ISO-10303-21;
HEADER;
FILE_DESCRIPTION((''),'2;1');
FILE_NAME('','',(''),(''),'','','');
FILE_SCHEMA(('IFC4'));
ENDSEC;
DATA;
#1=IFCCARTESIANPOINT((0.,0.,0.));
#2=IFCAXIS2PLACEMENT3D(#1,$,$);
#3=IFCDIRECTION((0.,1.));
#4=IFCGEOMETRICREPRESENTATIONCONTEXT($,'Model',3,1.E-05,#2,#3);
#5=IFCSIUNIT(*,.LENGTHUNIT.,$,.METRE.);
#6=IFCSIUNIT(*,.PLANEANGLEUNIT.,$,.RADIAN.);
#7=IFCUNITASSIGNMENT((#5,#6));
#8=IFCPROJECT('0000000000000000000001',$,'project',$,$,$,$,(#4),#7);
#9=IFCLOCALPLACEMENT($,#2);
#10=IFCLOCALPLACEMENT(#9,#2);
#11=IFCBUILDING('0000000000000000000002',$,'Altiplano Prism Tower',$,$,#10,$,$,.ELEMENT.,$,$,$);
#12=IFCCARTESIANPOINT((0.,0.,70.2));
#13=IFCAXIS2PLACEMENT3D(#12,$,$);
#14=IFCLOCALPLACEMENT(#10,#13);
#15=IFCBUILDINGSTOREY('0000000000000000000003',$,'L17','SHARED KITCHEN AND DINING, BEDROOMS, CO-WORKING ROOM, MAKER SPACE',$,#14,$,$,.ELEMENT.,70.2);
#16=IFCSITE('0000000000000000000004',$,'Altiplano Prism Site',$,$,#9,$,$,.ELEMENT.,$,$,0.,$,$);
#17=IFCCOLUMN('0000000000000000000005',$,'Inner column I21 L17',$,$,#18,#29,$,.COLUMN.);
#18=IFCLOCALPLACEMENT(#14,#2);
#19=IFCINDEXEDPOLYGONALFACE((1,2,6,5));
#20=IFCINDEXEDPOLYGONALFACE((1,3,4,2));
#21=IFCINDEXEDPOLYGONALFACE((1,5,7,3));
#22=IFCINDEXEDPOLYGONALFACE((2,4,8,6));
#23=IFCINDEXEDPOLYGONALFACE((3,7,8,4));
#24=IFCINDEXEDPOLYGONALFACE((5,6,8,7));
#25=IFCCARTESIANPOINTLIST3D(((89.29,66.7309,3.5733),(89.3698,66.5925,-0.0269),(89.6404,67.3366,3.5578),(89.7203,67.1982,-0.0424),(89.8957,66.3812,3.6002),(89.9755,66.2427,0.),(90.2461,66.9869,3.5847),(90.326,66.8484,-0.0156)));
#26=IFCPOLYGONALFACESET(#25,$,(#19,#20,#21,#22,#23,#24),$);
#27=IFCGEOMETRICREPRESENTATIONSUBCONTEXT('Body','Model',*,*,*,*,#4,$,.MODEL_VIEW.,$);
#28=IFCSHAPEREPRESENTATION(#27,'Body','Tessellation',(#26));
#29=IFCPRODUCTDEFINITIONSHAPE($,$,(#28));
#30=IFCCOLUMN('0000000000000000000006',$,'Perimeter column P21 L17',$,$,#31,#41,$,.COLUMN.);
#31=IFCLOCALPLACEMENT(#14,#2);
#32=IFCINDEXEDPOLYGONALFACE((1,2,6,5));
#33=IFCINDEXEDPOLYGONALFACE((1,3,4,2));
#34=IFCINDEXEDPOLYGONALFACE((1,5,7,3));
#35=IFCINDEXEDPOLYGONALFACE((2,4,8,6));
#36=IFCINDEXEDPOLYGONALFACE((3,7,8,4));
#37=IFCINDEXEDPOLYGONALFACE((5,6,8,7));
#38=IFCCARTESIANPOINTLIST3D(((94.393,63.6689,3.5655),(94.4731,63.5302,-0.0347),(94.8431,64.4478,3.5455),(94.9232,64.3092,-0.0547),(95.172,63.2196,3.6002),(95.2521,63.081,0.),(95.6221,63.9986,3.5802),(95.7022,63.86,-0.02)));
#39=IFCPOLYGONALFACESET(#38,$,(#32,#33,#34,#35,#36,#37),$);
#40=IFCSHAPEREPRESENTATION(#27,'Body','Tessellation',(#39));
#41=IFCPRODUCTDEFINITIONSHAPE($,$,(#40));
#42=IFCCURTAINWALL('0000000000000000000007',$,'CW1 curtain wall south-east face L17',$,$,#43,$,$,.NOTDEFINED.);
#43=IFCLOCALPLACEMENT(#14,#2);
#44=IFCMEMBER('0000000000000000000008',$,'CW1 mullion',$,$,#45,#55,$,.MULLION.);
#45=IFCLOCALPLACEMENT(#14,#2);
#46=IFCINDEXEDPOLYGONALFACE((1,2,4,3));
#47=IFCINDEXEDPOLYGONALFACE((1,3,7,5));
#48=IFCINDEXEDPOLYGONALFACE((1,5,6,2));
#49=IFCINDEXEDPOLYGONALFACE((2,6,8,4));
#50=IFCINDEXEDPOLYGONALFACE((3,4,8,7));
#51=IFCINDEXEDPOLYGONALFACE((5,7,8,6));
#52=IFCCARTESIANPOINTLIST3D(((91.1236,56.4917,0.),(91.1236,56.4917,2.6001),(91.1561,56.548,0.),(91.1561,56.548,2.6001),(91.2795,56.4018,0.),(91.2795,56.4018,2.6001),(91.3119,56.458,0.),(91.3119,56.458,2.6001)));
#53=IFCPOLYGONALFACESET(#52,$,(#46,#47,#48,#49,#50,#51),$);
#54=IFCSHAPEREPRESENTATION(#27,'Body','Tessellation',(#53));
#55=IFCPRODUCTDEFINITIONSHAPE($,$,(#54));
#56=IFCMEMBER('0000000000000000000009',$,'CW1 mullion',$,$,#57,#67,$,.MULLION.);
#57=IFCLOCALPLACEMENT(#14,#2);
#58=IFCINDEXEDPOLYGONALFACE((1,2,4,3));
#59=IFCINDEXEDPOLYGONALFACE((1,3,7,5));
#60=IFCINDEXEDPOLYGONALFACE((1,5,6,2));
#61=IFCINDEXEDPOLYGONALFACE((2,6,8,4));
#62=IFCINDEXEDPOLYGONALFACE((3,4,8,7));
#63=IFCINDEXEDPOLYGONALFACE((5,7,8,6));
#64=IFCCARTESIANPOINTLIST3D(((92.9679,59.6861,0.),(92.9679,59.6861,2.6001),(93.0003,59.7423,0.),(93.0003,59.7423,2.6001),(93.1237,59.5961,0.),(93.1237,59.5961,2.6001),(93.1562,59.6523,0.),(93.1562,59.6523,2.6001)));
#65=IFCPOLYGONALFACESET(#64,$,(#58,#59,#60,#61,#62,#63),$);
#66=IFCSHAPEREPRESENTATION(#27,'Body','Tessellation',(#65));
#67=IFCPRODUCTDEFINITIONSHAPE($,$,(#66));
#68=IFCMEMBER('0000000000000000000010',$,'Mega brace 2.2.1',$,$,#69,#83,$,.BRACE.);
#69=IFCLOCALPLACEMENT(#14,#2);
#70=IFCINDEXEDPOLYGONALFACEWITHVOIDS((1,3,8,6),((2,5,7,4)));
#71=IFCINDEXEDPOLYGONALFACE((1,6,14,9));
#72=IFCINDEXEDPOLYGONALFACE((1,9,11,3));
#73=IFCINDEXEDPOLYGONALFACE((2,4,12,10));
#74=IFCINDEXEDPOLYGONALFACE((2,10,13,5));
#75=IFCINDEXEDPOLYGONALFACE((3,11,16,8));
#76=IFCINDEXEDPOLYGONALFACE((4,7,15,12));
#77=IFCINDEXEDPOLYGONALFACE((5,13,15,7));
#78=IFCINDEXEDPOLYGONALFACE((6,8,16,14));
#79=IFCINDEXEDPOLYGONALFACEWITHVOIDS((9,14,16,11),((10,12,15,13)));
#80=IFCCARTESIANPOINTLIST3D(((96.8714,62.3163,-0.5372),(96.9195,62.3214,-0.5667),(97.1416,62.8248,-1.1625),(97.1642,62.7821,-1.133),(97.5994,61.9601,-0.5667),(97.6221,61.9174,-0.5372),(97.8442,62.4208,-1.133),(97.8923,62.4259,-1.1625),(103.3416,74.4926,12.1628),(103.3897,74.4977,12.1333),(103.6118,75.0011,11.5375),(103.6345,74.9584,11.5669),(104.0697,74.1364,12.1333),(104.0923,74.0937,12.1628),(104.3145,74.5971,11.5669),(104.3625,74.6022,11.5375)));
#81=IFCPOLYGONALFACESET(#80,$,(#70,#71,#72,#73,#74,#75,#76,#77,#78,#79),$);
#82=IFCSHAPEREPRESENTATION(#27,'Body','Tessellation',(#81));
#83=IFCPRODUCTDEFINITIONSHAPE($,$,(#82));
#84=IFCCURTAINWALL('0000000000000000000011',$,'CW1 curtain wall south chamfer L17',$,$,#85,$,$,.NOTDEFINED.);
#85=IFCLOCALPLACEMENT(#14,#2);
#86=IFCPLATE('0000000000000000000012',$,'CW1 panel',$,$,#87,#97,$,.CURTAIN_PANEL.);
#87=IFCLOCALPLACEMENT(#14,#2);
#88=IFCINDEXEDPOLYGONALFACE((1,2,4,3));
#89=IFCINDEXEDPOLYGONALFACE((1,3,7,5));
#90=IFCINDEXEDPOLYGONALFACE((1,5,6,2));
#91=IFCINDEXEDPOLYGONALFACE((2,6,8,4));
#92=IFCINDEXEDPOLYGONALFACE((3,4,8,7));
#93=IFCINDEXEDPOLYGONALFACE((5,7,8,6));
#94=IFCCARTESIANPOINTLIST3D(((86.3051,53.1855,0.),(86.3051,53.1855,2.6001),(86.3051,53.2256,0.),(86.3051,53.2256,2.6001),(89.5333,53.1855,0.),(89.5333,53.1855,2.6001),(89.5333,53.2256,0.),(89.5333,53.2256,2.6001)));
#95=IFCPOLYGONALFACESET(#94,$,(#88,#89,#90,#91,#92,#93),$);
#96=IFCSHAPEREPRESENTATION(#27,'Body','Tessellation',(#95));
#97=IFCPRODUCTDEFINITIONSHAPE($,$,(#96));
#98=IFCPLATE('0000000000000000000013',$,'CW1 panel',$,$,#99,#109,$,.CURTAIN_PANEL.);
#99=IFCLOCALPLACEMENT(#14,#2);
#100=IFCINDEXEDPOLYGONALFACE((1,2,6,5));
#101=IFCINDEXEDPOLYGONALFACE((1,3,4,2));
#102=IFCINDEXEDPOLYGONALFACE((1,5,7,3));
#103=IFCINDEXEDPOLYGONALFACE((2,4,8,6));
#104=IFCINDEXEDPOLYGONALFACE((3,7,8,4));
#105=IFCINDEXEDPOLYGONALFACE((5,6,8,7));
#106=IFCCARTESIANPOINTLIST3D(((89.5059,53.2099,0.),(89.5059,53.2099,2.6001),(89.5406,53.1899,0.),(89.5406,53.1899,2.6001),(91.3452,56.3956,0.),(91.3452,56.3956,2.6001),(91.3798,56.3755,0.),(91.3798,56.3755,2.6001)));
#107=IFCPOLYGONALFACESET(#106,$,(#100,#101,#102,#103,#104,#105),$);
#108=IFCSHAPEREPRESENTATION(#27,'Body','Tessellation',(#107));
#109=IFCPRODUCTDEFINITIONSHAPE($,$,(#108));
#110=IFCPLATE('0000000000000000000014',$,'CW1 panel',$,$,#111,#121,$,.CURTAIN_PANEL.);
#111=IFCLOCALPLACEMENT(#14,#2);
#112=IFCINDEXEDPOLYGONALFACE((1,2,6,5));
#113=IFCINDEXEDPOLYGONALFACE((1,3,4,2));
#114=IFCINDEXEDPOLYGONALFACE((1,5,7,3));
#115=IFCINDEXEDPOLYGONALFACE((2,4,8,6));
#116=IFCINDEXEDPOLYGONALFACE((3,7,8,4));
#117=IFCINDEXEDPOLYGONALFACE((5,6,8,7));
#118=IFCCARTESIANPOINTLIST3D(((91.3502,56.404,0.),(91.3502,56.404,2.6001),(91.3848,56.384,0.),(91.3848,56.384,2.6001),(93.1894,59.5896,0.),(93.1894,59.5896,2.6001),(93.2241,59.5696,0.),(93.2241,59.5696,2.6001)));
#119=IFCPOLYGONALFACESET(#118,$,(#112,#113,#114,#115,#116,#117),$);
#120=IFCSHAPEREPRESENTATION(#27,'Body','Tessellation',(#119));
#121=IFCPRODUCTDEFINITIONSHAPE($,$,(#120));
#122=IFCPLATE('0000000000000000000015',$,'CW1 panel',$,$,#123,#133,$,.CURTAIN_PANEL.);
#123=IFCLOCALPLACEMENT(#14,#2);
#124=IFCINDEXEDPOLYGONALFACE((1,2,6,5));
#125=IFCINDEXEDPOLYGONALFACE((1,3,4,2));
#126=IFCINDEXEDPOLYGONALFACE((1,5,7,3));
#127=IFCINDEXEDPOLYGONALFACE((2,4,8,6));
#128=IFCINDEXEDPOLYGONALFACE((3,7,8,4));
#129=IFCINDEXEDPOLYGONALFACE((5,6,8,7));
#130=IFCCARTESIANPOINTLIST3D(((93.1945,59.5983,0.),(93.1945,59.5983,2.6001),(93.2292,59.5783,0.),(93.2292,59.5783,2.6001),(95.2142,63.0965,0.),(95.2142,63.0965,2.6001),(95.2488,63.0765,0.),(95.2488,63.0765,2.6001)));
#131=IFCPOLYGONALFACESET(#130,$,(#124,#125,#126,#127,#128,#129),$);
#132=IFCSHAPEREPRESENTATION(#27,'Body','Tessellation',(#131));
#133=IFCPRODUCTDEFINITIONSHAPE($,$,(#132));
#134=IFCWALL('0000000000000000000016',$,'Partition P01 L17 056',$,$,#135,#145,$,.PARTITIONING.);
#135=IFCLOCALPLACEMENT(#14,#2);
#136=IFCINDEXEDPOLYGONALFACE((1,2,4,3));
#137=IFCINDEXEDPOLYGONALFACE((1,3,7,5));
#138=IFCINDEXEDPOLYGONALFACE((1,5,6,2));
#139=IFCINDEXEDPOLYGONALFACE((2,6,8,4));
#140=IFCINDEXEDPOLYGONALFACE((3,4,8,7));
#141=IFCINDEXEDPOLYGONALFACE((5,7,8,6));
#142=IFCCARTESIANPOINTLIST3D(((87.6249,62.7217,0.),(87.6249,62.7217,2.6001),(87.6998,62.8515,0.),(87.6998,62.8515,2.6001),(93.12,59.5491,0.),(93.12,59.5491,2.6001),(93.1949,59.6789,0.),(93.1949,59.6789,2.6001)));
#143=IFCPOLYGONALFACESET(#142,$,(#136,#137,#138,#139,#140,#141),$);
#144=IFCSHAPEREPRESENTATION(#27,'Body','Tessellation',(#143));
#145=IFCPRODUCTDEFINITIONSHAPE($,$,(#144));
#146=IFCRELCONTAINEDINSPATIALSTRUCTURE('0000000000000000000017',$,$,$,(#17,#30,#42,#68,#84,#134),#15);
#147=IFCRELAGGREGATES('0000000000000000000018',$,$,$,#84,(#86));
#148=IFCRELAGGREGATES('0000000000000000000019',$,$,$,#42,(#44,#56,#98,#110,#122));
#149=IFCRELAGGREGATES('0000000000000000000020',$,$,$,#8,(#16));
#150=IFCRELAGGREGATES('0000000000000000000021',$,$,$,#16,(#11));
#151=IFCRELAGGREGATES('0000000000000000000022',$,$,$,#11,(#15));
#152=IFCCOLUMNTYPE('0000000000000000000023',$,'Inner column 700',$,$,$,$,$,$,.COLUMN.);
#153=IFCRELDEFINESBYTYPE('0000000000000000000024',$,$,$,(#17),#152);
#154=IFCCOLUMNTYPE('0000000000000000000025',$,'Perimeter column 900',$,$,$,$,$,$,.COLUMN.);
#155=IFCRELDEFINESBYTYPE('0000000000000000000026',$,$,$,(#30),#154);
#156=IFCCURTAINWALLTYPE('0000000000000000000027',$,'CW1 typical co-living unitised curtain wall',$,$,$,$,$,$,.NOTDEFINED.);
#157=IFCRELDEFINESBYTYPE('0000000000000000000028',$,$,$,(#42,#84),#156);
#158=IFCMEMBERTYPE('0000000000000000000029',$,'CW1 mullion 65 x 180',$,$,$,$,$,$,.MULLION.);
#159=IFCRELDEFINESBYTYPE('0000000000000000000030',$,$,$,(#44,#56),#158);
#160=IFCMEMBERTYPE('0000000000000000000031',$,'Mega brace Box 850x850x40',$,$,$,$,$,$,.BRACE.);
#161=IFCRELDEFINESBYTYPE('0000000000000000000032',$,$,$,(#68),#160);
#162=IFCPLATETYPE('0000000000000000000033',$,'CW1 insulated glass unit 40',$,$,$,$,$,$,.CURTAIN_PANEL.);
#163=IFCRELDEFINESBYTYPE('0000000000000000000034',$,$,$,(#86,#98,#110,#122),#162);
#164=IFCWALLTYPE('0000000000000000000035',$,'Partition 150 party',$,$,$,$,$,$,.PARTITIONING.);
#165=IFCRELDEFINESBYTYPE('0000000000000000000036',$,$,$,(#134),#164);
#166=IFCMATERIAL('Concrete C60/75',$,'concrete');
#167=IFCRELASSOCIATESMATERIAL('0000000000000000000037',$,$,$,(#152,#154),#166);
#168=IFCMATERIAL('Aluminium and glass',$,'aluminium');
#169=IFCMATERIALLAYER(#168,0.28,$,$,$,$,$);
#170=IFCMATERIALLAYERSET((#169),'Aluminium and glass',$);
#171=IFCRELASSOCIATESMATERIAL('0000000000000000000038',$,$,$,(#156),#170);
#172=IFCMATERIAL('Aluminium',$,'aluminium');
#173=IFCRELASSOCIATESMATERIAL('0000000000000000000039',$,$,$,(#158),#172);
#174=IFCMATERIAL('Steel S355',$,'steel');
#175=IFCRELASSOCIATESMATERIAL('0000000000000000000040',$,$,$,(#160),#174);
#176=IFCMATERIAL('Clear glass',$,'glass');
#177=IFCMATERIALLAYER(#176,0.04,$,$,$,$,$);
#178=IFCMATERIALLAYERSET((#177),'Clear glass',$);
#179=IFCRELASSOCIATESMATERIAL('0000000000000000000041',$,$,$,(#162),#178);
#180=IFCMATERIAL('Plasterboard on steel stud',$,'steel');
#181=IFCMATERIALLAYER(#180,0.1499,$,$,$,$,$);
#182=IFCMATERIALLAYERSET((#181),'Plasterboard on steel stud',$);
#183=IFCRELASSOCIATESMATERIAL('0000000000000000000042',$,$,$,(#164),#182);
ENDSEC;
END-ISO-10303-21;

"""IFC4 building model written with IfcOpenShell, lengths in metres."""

from ifc_helpers import new_model, si_unit, direction, frame, frame_2d, origin, origin_2d, place, context, subcontext, project, spatial, rectangle, hollow_rectangle, extrude, material, layer, layer_set, material_profile, profile_set, type_object, element, aggregate, save


model = new_model("IFC4")

# Units and contexts
model_context = context("Model", 3, precision=1e-05, world=origin(), true_north=direction((0.0, 1.0)))
body_context = subcontext(model_context, "Body", "Model", "MODEL_VIEW")
ifc_project = project(units=[si_unit("LENGTHUNIT", "METRE"), si_unit("PLANEANGLEUNIT", "RADIAN")], contexts=[model_context])

# Site, building, storey
site_placement = place(None, origin())
site = spatial("IfcSite", under=ifc_project, at=site_placement, Name="Altiplano Prism Site", CompositionType="ELEMENT", RefElevation=0.0)
building_placement = place(site_placement, origin())
building = spatial("IfcBuilding", under=site, at=building_placement, Name="Altiplano Prism Tower", CompositionType="ELEMENT")
storey_placement = place(building_placement, frame((0.0, 0.0, 70.2)))
storey = spatial("IfcBuildingStorey", under=building, at=storey_placement, Name="L17", Description="SHARED KITCHEN AND DINING, BEDROOMS, CO-WORKING ROOM, MAKER SPACE", CompositionType="ELEMENT", Elevation=70.2)

# Columns
ifc_material_1 = material(Name="Concrete C60/75", Category="concrete")
ifc_material_profile_1 = material_profile(ifc_material_1, rectangle(XDim=0.7, YDim=0.7, at=origin_2d()), Name="Inner column 700")
ifc_profile_set_1 = profile_set([ifc_material_profile_1], Name="Concrete C60/75")
column_type_1 = type_object("IfcColumnType", Name="Inner column 700", PredefinedType="COLUMN", material=ifc_profile_set_1)
column_1_placement = place(storey_placement, frame((89.8479, 66.7205, -0.0212), z_axis=(-0.022154, 0.038413, 0.999016), x_axis=(-0.500653, -0.865364, 0.022172)))
element("IfcColumn", 1, at=column_1_placement, inside=storey, type_object=column_type_1, Name="Inner column I21 L17", PredefinedType="COLUMN", context=body_context, shape_type="SweptSolid", body=[
    extrude(rectangle(XDim=0.7, YDim=0.7, at=origin_2d()), origin(), (0.0, 0.0, 1.0), 3.6038),
])
ifc_material_profile_2 = material_profile(ifc_material_1, rectangle(XDim=0.8999, YDim=0.8999, at=origin_2d()), Name="Perimeter column 900")
ifc_profile_set_2 = profile_set([ifc_material_profile_2], Name="Concrete C60/75")
column_type_2 = type_object("IfcColumnType", Name="Perimeter column 900", PredefinedType="COLUMN", material=ifc_profile_set_2)
column_2_placement = place(storey_placement, frame((95.0876, 63.6951, -0.0273), z_axis=(-0.022221, 0.038481, 0.999012), x_axis=(-0.50017, -0.865642, 0.022218)))
element("IfcColumn", 2, at=column_2_placement, inside=storey, type_object=column_type_2, Name="Perimeter column P21 L17", PredefinedType="COLUMN", context=body_context, shape_type="SweptSolid", body=[
    extrude(rectangle(XDim=0.8999, YDim=0.8999, at=origin_2d()), origin(), (0.0, 0.0, 1.0), 3.6038),
])

# Curtain wall, members
ifc_material_2 = material(Name="Aluminium and glass", Category="aluminium")
ifc_layer_1 = layer(ifc_material_2, 0.28)
ifc_layer_set_1 = layer_set([ifc_layer_1], Name="Aluminium and glass")
curtain_wall_type = type_object("IfcCurtainWallType", Name="CW1 typical co-living unitised curtain wall", PredefinedType="NOTDEFINED", material=ifc_layer_set_1)
curtain_wall_1_placement = place(storey_placement, origin())
curtain_wall_1 = element("IfcCurtainWall", 3, at=curtain_wall_1_placement, inside=storey, type_object=curtain_wall_type, Name="CW1 curtain wall south-east face L17", PredefinedType="NOTDEFINED")
ifc_material_3 = material(Name="Aluminium", Category="aluminium")
ifc_material_profile_3 = material_profile(ifc_material_3, rectangle(XDim=0.1799, YDim=0.0649, at=origin_2d()), Name="CW1 mullion 65 x 180")
ifc_profile_set_3 = profile_set([ifc_material_profile_3], Name="Aluminium")
member_type_1 = type_object("IfcMemberType", Name="CW1 mullion 65 x 180", PredefinedType="MULLION", material=ifc_profile_set_3)
member_1_placement = place(storey_placement, frame((91.2178, 56.4749, 0.0), z_axis=(0.0, 0.0, 1.0), x_axis=(-0.866025, 0.5, 0.0)))
member_1 = element("IfcMember", 4, at=member_1_placement, type_object=member_type_1, Name="CW1 mullion", PredefinedType="MULLION", context=body_context, shape_type="SweptSolid", body=[
    extrude(rectangle(XDim=0.1799, YDim=0.0649, at=origin_2d()), origin(), (0.0, 0.0, 1.0), 2.6001),
])
member_2_placement = place(storey_placement, frame((93.062, 59.6692, 0.0), z_axis=(0.0, 0.0, 1.0), x_axis=(-0.866025, 0.5, 0.0)))
member_2 = element("IfcMember", 5, at=member_2_placement, type_object=member_type_1, Name="CW1 mullion", PredefinedType="MULLION", context=body_context, shape_type="SweptSolid", body=[
    extrude(rectangle(XDim=0.1799, YDim=0.0649, at=origin_2d()), origin(), (0.0, 0.0, 1.0), 2.6001),
])

# Member
ifc_material_4 = material(Name="Steel S355", Category="steel")
ifc_material_profile_4 = material_profile(ifc_material_4, hollow_rectangle(XDim=0.8501, YDim=0.8501, WallThickness=0.04, at=origin_2d()), Name="Mega brace Box 850x850x40")
ifc_profile_set_4 = profile_set([ifc_material_profile_4], Name="Steel S355")
member_type_2 = type_object("IfcMemberType", Name="Mega brace Box 850x850x40", PredefinedType="BRACE", material=ifc_profile_set_4)
member_3_placement = place(storey_placement, frame((97.3818, 62.3711, -0.8499), z_axis=(0.345151, 0.649538, 0.677474), x_axis=(-0.883068, 0.469244, 0.0)))
element("IfcMember", 6, at=member_3_placement, inside=storey, type_object=member_type_2, Name="Mega brace 2.2.1", PredefinedType="BRACE", context=body_context, shape_type="SweptSolid", body=[
    extrude(hollow_rectangle(XDim=0.8501, YDim=0.8501, WallThickness=0.04, at=origin_2d()), origin(), (0.0, 0.0, 1.0), 18.7461),
])

# Curtain wall, plate
curtain_wall_2_placement = place(storey_placement, origin())
curtain_wall_2 = element("IfcCurtainWall", 7, at=curtain_wall_2_placement, inside=storey, type_object=curtain_wall_type, Name="CW1 curtain wall south chamfer L17", PredefinedType="NOTDEFINED")
ifc_material_5 = material(Name="Clear glass", Category="glass")
ifc_layer_2 = layer(ifc_material_5, 0.04)
ifc_layer_set_2 = layer_set([ifc_layer_2], Name="Clear glass")
plate_type = type_object("IfcPlateType", Name="CW1 insulated glass unit 40", PredefinedType="CURTAIN_PANEL", material=ifc_layer_set_2)
plate_1_placement = place(storey_placement, frame((87.9192, 53.2056, 0.0), z_axis=(0.0, 0.0, 1.0), x_axis=(1.0, 0.0, 0.0)))
plate_1 = element("IfcPlate", 8, at=plate_1_placement, type_object=plate_type, Name="CW1 panel", PredefinedType="CURTAIN_PANEL", context=body_context, shape_type="SweptSolid", body=[
    extrude(rectangle(XDim=3.2283, YDim=0.04, at=origin_2d()), origin(), (0.0, 0.0, 1.0), 2.6001),
])
aggregate(curtain_wall_2, [plate_1])

# Plates
plate_2_placement = place(storey_placement, frame((90.4429, 54.7927, 0.0), z_axis=(0.0, 0.0, 1.0), x_axis=(0.5, 0.866025, 0.0)))
plate_2 = element("IfcPlate", 9, at=plate_2_placement, type_object=plate_type, Name="CW1 panel", PredefinedType="CURTAIN_PANEL", context=body_context, shape_type="SweptSolid", body=[
    extrude(rectangle(XDim=3.6785, YDim=0.04, at=origin_2d()), origin(), (0.0, 0.0, 1.0), 2.6001),
])
plate_3_placement = place(storey_placement, frame((92.2871, 57.9868, 0.0), z_axis=(0.0, 0.0, 1.0), x_axis=(0.5, 0.866025, 0.0)))
plate_3 = element("IfcPlate", 10, at=plate_3_placement, type_object=plate_type, Name="CW1 panel", PredefinedType="CURTAIN_PANEL", context=body_context, shape_type="SweptSolid", body=[
    extrude(rectangle(XDim=3.6785, YDim=0.04, at=origin_2d()), origin(), (0.0, 0.0, 1.0), 2.6001),
])
plate_4_placement = place(storey_placement, frame((94.2217, 61.3374, 0.0), z_axis=(0.0, 0.0, 1.0), x_axis=(0.5, 0.866025, 0.0)))
plate_4 = element("IfcPlate", 11, at=plate_4_placement, type_object=plate_type, Name="CW1 panel", PredefinedType="CURTAIN_PANEL", context=body_context, shape_type="SweptSolid", body=[
    extrude(rectangle(XDim=4.0393, YDim=0.04, at=origin_2d()), origin(), (0.0, 0.0, 1.0), 2.6001),
])
aggregate(curtain_wall_1, [member_1, member_2, plate_2, plate_3, plate_4])

# Wall
ifc_material_6 = material(Name="Plasterboard on steel stud", Category="steel")
ifc_layer_3 = layer(ifc_material_6, 0.1499)
ifc_layer_set_3 = layer_set([ifc_layer_3], Name="Plasterboard on steel stud")
wall_type = type_object("IfcWallType", Name="Partition 150 party", PredefinedType="PARTITIONING", material=ifc_layer_set_3)
wall_placement = place(storey_placement, frame((93.1575, 59.614, 0.0), z_axis=(0.0, 0.0, 1.0), x_axis=(-0.866025, 0.5, 0.0)))
element("IfcWall", 12, at=wall_placement, inside=storey, type_object=wall_type, Name="Partition P01 L17 056", PredefinedType="PARTITIONING", context=body_context, shape_type="SweptSolid", body=[
    extrude(rectangle(XDim=6.3452, YDim=0.1499, at=frame_2d((3.1726, 0.0))), origin(), (0.0, 0.0, 1.0), 2.6001),
])

save(model, "model.ifc")
